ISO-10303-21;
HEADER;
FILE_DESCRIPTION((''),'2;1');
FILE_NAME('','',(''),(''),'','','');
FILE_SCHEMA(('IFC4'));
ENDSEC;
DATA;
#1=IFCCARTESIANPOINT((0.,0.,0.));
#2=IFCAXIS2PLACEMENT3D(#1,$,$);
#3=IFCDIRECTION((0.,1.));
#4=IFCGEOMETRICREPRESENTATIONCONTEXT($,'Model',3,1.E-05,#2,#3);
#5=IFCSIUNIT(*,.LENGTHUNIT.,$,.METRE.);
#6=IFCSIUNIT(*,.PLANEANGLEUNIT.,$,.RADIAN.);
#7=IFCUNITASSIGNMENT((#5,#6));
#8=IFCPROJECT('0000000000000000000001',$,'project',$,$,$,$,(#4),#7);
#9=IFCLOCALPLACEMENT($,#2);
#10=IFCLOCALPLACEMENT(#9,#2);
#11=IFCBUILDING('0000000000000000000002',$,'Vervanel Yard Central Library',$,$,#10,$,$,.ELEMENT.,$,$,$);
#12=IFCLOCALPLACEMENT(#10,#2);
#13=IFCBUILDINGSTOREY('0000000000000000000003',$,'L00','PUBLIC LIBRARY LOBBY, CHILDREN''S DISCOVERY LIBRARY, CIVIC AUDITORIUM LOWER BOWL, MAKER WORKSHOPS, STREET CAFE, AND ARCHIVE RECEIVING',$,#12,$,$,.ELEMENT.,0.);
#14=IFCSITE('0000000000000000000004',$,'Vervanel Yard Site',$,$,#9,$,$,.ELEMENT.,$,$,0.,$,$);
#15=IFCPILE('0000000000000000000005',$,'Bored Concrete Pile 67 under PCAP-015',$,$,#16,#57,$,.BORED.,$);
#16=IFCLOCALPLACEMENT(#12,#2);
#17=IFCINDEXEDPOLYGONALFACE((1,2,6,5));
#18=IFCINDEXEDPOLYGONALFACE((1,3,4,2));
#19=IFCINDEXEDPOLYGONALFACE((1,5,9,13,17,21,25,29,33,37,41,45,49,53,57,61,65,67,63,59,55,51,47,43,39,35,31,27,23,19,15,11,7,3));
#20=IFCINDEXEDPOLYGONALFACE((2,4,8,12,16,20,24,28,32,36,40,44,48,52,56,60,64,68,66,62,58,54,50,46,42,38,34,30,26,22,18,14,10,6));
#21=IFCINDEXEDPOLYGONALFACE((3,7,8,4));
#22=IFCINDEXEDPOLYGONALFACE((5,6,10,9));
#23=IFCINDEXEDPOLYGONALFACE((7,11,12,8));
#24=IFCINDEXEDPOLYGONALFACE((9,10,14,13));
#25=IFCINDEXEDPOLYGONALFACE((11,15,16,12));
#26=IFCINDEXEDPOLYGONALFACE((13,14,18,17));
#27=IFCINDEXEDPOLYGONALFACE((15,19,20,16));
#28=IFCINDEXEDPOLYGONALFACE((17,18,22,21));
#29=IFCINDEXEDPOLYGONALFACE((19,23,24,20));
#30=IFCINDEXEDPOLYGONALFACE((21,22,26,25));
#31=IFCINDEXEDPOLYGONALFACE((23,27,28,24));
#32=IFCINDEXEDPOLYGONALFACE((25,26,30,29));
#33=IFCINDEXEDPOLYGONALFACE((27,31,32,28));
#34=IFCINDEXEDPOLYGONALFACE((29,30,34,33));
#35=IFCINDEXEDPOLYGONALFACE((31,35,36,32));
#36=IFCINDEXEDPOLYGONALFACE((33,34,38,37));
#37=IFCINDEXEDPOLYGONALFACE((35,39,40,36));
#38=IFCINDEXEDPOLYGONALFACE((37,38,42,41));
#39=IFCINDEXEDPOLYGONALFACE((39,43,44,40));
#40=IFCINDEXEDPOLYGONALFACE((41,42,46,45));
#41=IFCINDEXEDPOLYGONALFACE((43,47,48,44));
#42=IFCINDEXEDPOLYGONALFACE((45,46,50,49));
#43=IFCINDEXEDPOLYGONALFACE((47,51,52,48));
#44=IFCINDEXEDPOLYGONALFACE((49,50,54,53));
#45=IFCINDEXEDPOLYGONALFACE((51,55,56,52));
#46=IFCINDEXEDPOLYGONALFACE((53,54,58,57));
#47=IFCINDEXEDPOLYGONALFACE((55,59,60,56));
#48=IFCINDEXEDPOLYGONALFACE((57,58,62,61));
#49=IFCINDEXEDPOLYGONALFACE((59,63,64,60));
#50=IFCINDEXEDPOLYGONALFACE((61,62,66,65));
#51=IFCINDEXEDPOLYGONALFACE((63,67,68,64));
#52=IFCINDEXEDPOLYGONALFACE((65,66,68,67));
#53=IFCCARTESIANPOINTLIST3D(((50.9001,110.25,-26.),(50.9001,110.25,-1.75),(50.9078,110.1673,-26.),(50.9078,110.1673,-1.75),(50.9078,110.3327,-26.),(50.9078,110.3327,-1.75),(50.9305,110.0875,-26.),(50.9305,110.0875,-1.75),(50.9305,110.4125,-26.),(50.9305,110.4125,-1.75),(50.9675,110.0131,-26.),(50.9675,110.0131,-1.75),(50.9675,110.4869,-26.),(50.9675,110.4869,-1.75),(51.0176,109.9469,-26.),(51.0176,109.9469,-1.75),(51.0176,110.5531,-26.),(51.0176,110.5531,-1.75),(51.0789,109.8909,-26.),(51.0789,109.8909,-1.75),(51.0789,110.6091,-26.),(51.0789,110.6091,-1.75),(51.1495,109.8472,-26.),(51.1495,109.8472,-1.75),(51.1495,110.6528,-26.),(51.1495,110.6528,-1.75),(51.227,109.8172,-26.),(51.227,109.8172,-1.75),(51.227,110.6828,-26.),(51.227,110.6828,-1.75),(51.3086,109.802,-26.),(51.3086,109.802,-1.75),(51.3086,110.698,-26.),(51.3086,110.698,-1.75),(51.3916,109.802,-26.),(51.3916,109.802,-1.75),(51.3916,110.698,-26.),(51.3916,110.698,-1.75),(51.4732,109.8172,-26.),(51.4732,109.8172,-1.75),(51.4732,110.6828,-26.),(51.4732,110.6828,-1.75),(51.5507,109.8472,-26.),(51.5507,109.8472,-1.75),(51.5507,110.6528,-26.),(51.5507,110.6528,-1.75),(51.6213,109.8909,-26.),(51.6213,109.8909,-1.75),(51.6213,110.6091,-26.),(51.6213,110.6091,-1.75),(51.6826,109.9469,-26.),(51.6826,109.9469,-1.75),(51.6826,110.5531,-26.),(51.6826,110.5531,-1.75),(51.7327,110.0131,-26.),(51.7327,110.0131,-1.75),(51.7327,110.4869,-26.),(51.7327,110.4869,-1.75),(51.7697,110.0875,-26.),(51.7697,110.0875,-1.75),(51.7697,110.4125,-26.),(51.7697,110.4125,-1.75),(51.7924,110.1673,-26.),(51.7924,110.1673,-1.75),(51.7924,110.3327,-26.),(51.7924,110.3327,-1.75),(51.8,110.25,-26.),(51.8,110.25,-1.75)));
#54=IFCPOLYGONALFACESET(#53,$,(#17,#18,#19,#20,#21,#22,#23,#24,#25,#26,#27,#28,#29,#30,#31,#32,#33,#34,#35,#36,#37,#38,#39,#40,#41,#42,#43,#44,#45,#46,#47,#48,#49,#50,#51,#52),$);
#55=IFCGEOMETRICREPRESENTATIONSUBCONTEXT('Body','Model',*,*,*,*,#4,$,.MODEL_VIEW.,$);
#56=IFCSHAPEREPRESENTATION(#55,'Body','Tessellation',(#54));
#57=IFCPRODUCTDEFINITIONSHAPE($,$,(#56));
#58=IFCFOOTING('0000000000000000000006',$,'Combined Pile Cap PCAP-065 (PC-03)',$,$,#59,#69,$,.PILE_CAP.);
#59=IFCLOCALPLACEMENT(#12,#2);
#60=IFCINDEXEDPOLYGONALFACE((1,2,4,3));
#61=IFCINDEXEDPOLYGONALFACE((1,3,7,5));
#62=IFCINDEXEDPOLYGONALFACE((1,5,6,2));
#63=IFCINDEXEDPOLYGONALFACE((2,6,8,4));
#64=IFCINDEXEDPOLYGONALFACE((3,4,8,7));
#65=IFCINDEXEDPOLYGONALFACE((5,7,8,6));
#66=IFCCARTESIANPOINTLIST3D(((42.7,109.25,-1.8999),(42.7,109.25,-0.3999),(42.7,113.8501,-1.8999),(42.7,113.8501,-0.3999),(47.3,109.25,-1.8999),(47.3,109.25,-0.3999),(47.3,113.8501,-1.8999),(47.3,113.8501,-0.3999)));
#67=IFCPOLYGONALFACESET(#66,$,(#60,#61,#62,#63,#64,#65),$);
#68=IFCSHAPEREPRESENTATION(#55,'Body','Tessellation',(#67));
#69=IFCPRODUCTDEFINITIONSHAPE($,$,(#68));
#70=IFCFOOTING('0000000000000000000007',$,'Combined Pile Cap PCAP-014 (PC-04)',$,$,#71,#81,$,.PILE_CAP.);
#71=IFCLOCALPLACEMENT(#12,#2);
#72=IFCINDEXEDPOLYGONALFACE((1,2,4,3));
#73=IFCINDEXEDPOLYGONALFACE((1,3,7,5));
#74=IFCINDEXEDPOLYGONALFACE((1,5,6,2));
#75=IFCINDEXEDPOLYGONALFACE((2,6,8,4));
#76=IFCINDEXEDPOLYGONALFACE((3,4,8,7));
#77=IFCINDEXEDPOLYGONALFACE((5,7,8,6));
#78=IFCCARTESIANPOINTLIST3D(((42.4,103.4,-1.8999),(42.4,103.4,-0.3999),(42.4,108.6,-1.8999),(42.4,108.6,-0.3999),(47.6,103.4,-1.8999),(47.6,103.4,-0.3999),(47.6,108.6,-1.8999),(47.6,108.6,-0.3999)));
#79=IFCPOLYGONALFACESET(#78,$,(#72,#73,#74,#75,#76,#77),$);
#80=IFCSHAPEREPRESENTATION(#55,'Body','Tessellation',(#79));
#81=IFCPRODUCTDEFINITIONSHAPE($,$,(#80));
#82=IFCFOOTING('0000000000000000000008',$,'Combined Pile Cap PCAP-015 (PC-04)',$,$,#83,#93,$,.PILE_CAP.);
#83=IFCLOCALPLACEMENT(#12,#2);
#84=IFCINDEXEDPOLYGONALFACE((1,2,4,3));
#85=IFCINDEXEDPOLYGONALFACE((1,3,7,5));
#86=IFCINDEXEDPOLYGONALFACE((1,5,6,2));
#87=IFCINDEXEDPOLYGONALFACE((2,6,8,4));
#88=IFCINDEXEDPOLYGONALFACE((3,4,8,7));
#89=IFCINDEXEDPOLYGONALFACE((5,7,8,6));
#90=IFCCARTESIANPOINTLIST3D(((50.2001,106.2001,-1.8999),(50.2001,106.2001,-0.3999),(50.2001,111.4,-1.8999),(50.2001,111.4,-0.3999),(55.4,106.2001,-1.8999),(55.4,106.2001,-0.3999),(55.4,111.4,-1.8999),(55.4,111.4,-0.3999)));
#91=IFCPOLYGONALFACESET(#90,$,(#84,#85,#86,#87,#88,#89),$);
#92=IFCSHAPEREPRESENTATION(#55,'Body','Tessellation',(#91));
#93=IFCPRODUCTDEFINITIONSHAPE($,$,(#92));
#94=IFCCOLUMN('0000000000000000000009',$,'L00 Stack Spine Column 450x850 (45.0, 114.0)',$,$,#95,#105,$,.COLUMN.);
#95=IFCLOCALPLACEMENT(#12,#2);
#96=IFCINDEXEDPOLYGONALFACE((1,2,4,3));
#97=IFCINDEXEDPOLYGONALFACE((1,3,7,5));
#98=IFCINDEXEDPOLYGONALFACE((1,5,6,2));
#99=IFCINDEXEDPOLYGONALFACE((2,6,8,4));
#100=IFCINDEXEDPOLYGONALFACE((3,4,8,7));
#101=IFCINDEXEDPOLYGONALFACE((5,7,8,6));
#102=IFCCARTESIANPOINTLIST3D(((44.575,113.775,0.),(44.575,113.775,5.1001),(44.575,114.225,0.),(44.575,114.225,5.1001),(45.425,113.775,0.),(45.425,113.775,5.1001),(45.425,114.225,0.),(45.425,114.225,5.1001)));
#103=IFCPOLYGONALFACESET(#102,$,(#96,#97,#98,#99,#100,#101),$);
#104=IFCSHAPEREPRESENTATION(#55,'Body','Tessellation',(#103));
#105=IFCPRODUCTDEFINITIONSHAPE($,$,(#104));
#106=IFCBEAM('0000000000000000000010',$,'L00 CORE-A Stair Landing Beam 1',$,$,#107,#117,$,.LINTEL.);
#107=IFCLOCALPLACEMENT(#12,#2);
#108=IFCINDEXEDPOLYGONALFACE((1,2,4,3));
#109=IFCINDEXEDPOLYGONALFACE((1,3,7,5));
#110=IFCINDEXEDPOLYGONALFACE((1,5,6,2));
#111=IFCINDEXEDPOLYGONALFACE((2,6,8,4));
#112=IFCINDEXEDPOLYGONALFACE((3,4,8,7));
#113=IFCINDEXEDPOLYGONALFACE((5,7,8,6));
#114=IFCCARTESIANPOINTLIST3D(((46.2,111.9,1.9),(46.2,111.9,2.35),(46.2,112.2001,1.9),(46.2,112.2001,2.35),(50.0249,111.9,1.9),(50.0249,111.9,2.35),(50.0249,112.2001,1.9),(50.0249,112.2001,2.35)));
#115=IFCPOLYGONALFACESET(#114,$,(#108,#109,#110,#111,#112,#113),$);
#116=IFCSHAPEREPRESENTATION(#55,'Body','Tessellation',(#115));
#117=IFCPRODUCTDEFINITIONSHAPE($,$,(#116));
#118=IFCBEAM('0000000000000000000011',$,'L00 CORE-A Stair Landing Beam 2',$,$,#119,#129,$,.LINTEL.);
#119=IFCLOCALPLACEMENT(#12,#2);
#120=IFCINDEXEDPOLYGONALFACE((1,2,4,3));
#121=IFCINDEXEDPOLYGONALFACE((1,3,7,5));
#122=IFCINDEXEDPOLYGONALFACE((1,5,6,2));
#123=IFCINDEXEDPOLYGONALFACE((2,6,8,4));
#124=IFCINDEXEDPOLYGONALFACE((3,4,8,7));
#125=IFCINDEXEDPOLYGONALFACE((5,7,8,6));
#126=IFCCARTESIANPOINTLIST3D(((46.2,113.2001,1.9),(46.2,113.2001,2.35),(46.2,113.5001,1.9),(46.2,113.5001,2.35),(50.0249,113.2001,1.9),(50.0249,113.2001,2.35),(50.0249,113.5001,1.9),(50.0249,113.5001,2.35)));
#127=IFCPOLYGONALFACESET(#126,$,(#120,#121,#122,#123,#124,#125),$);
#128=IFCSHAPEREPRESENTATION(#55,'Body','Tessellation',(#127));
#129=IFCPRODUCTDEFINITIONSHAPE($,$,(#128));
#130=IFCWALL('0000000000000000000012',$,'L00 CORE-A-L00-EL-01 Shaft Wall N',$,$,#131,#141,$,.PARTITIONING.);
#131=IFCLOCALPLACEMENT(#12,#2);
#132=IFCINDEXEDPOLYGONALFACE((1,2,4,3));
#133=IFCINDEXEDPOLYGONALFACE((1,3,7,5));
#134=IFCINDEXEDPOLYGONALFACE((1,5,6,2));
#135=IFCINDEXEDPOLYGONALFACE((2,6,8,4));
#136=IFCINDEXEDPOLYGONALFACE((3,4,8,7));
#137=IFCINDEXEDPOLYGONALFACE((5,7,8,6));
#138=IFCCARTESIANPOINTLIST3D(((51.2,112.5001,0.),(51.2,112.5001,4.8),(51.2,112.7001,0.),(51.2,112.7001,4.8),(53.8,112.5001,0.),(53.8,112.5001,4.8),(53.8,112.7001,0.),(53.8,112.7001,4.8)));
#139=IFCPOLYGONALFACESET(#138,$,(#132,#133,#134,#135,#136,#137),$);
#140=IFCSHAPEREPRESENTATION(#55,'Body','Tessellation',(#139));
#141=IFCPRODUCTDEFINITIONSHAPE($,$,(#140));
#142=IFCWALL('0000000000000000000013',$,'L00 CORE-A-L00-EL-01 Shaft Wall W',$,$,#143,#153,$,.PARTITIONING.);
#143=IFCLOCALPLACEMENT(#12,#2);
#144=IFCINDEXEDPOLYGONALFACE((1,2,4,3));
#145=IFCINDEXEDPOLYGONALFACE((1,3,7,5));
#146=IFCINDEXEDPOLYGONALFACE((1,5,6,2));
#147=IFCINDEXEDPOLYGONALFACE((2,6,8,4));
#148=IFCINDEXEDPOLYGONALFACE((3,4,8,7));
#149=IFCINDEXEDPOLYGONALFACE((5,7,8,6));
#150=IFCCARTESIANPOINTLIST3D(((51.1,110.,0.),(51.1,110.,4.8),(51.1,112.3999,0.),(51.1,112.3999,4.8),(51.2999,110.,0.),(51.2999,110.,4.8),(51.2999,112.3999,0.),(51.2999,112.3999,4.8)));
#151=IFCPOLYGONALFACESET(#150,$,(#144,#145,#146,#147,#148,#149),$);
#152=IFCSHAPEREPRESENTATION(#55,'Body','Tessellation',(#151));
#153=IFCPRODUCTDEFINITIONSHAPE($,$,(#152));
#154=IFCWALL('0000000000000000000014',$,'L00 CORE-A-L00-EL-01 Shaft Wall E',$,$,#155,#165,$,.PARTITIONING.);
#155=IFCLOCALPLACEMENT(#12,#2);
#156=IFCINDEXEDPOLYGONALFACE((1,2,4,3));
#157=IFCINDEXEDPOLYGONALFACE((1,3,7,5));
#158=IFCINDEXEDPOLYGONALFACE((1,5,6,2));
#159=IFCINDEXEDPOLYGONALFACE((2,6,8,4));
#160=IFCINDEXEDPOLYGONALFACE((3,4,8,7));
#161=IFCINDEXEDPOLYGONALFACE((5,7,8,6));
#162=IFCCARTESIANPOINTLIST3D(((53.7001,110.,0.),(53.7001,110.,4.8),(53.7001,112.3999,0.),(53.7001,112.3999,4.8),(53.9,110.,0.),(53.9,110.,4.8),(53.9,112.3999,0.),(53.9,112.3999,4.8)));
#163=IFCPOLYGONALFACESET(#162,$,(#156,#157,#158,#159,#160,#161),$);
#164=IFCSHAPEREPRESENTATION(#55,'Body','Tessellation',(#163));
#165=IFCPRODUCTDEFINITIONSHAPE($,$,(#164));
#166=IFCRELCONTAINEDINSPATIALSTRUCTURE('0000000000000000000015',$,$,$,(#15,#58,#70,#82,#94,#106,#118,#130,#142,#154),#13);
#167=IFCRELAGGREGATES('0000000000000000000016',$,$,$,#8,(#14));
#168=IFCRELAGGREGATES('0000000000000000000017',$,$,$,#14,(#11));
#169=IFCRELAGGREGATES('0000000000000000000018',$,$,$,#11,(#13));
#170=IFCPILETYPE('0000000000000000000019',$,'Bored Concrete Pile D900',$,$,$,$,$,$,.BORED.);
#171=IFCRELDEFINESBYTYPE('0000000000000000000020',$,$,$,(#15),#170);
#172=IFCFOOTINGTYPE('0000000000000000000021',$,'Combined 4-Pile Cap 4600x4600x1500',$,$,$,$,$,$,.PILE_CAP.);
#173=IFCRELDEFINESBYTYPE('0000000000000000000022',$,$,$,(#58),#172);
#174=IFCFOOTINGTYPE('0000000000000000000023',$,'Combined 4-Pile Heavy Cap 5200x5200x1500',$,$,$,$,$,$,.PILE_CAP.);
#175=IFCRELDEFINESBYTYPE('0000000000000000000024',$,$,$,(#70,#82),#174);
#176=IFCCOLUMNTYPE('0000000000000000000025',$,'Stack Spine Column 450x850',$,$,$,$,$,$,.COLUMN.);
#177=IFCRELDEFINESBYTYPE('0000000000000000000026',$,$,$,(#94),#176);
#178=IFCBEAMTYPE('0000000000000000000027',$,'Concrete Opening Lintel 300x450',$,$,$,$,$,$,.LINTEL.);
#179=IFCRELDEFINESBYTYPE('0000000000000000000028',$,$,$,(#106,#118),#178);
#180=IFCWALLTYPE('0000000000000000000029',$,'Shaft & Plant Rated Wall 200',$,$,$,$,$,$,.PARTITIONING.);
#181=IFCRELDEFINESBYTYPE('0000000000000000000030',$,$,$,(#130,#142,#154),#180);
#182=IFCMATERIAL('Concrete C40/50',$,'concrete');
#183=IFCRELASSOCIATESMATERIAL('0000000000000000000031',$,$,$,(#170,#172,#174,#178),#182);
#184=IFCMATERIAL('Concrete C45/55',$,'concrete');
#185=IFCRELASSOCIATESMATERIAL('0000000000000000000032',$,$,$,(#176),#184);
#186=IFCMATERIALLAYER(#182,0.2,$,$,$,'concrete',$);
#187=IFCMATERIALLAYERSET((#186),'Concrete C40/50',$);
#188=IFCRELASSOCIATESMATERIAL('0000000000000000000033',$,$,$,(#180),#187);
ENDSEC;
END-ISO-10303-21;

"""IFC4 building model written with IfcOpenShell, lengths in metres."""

from ifc_helpers import new_model, si_unit, direction, frame, frame_2d, origin, origin_2d, place, context, subcontext, project, spatial, rectangle, circle, extrude, material, layer, layer_set, material_profile, profile_set, type_object, element, save


model = new_model("IFC4")

# Units and contexts
model_context = context("Model", 3, precision=1e-05, world=origin(), true_north=direction((0.0, 1.0)))
body_context = subcontext(model_context, "Body", "Model", "MODEL_VIEW")
ifc_project = project(units=[si_unit("LENGTHUNIT", "METRE"), si_unit("PLANEANGLEUNIT", "RADIAN")], contexts=[model_context])

# Site, building, storey
site_placement = place(None, origin())
site = spatial("IfcSite", under=ifc_project, at=site_placement, Name="Vervanel Yard Site", CompositionType="ELEMENT", RefElevation=0.0)
building_placement = place(site_placement, origin())
building = spatial("IfcBuilding", under=site, at=building_placement, Name="Vervanel Yard Central Library", CompositionType="ELEMENT")
storey_placement = place(building_placement, origin())
storey = spatial("IfcBuildingStorey", under=building, at=storey_placement, Name="L00", Description="PUBLIC LIBRARY LOBBY, CHILDREN'S DISCOVERY LIBRARY, CIVIC AUDITORIUM LOWER BOWL, MAKER WORKSHOPS, STREET CAFE, AND ARCHIVE RECEIVING", CompositionType="ELEMENT", Elevation=0.0)

# Pile
ifc_material_1 = material(Name="Concrete C40/50", Category="concrete")
ifc_material_profile_1 = material_profile(ifc_material_1, circle(Radius=0.45, at=origin_2d()), Name="BP D900", Category="concrete")
ifc_profile_set_1 = profile_set([ifc_material_profile_1], Name="Concrete C40/50")
pile_type_1 = type_object("IfcPileType", Name="Bored Concrete Pile D900", PredefinedType="BORED", material=ifc_profile_set_1)
for number, where, z_axis, x_axis, name in (
    (1, (51.3501, 110.25, -1.75), (0.0, 0.0, -1.0), (1.0, 0.0, 0.0), "Bored Concrete Pile 67 under PCAP-015"),
):
    element("IfcPile", number, at=place(storey_placement, frame(where, z_axis=z_axis, x_axis=x_axis)), inside=storey, type_object=pile_type_1, Name=name, PredefinedType="BORED", context=body_context, shape_type="SweptSolid", body=[
        extrude(circle(Radius=0.45, at=origin_2d()), origin(), (0.0, 0.0, 1.0), 24.25),
    ])

# Footings
footing_type_1 = type_object("IfcFootingType", Name="Combined 4-Pile Cap 4600x4600x1500", PredefinedType="PILE_CAP", material=ifc_material_1)
footing_placement = place(storey_placement, frame((45.0, 111.55, -1.8999), z_axis=(0.0, 0.0, 1.0), x_axis=(1.0, 0.0, 0.0)))
element("IfcFooting", 2, at=footing_placement, inside=storey, type_object=footing_type_1, Name="Combined Pile Cap PCAP-065 (PC-03)", PredefinedType="PILE_CAP", context=body_context, shape_type="SweptSolid", body=[
    extrude(rectangle(XDim=4.6001, YDim=4.6001, at=origin_2d()), origin(), (0.0, 0.0, 1.0), 1.5),
])
footing_type_2 = type_object("IfcFootingType", Name="Combined 4-Pile Heavy Cap 5200x5200x1500", PredefinedType="PILE_CAP", material=ifc_material_1)
for number, where, z_axis, x_axis, name in (
    (3, (45.0, 106.0, -1.8999), (0.0, 0.0, 1.0), (1.0, 0.0, 0.0), "Combined Pile Cap PCAP-014 (PC-04)"),
    (4, (52.8, 108.8, -1.8999), (0.0, 0.0, 1.0), (1.0, 0.0, 0.0), "Combined Pile Cap PCAP-015 (PC-04)"),
):
    element("IfcFooting", number, at=place(storey_placement, frame(where, z_axis=z_axis, x_axis=x_axis)), inside=storey, type_object=footing_type_2, Name=name, PredefinedType="PILE_CAP", context=body_context, shape_type="SweptSolid", body=[
        extrude(rectangle(XDim=5.2, YDim=5.2, at=origin_2d()), origin(), (0.0, 0.0, 1.0), 1.5),
    ])

# Column
ifc_material_2 = material(Name="Concrete C45/55", Category="concrete")
ifc_material_profile_2 = material_profile(ifc_material_2, rectangle(XDim=0.45, YDim=0.8501, at=origin_2d()), Name="RC 450x850", Category="concrete")
ifc_profile_set_2 = profile_set([ifc_material_profile_2], Name="Concrete C45/55")
column_type = type_object("IfcColumnType", Name="Stack Spine Column 450x850", PredefinedType="COLUMN", material=ifc_profile_set_2)
column_placement = place(storey_placement, frame((45.0, 114.0, 0.0), z_axis=(0.0, 0.0, 1.0), x_axis=(0.0, 1.0, 0.0)))
element("IfcColumn", 5, at=column_placement, inside=storey, type_object=column_type, Name="L00 Stack Spine Column 450x850 (45.0, 114.0)", PredefinedType="COLUMN", context=body_context, shape_type="SweptSolid", body=[
    extrude(rectangle(XDim=0.45, YDim=0.8501, at=origin_2d()), origin(), (0.0, 0.0, 1.0), 5.1001),
])

# Beams
ifc_material_profile_3 = material_profile(ifc_material_1, rectangle(XDim=0.3, YDim=0.45, at=origin_2d()), Name="RC 300x450", Category="concrete")
ifc_profile_set_3 = profile_set([ifc_material_profile_3], Name="Concrete C40/50")
beam_type = type_object("IfcBeamType", Name="Concrete Opening Lintel 300x450", PredefinedType="LINTEL", material=ifc_profile_set_3)
for number, where, z_axis, x_axis, name in (
    (6, (46.2, 112.05, 2.125), (1.0, 0.0, 0.0), (0.0, 1.0, 0.0), "L00 CORE-A Stair Landing Beam 1"),
    (7, (46.2, 113.3501, 2.125), (1.0, 0.0, 0.0), (0.0, 1.0, 0.0), "L00 CORE-A Stair Landing Beam 2"),
):
    element("IfcBeam", number, at=place(storey_placement, frame(where, z_axis=z_axis, x_axis=x_axis)), inside=storey, type_object=beam_type, Name=name, PredefinedType="LINTEL", context=body_context, shape_type="SweptSolid", body=[
        extrude(rectangle(XDim=0.3, YDim=0.45, at=origin_2d()), origin(), (0.0, 0.0, 1.0), 3.825),
    ])

# Shared definitions
ifc_layer_1 = layer(ifc_material_1, 0.2, Category="concrete")
ifc_layer_set_1 = layer_set([ifc_layer_1], Name="Concrete C40/50")
wall_type_1 = type_object("IfcWallType", Name="Shaft & Plant Rated Wall 200", PredefinedType="PARTITIONING", material=ifc_layer_set_1)

# Walls
wall_1_placement = place(storey_placement, frame((51.2, 112.6001, 0.0), z_axis=(0.0, 0.0, 1.0), x_axis=(1.0, 0.0, 0.0)))
element("IfcWall", 8, at=wall_1_placement, inside=storey, type_object=wall_type_1, Name="L00 CORE-A-L00-EL-01 Shaft Wall N", PredefinedType="PARTITIONING", context=body_context, shape_type="SweptSolid", body=[
    extrude(rectangle(XDim=2.6001, YDim=0.2, at=frame_2d((1.3, 0.0))), origin(), (0.0, 0.0, 1.0), 4.8),
])
for number, where, z_axis, x_axis, name in (
    (9, (51.2, 110.0, 0.0), (0.0, 0.0, 1.0), (0.0, 1.0, 0.0), "L00 CORE-A-L00-EL-01 Shaft Wall W"),
    (10, (53.8, 110.0, 0.0), (0.0, 0.0, 1.0), (0.0, 1.0, 0.0), "L00 CORE-A-L00-EL-01 Shaft Wall E"),
):
    element("IfcWall", number, at=place(storey_placement, frame(where, z_axis=z_axis, x_axis=x_axis)), inside=storey, type_object=wall_type_1, Name=name, PredefinedType="PARTITIONING", context=body_context, shape_type="SweptSolid", body=[
        extrude(rectangle(XDim=2.3999, YDim=0.2, at=frame_2d((1.2, 0.0))), origin(), (0.0, 0.0, 1.0), 4.8),
    ])

save(model, "model.ifc")
